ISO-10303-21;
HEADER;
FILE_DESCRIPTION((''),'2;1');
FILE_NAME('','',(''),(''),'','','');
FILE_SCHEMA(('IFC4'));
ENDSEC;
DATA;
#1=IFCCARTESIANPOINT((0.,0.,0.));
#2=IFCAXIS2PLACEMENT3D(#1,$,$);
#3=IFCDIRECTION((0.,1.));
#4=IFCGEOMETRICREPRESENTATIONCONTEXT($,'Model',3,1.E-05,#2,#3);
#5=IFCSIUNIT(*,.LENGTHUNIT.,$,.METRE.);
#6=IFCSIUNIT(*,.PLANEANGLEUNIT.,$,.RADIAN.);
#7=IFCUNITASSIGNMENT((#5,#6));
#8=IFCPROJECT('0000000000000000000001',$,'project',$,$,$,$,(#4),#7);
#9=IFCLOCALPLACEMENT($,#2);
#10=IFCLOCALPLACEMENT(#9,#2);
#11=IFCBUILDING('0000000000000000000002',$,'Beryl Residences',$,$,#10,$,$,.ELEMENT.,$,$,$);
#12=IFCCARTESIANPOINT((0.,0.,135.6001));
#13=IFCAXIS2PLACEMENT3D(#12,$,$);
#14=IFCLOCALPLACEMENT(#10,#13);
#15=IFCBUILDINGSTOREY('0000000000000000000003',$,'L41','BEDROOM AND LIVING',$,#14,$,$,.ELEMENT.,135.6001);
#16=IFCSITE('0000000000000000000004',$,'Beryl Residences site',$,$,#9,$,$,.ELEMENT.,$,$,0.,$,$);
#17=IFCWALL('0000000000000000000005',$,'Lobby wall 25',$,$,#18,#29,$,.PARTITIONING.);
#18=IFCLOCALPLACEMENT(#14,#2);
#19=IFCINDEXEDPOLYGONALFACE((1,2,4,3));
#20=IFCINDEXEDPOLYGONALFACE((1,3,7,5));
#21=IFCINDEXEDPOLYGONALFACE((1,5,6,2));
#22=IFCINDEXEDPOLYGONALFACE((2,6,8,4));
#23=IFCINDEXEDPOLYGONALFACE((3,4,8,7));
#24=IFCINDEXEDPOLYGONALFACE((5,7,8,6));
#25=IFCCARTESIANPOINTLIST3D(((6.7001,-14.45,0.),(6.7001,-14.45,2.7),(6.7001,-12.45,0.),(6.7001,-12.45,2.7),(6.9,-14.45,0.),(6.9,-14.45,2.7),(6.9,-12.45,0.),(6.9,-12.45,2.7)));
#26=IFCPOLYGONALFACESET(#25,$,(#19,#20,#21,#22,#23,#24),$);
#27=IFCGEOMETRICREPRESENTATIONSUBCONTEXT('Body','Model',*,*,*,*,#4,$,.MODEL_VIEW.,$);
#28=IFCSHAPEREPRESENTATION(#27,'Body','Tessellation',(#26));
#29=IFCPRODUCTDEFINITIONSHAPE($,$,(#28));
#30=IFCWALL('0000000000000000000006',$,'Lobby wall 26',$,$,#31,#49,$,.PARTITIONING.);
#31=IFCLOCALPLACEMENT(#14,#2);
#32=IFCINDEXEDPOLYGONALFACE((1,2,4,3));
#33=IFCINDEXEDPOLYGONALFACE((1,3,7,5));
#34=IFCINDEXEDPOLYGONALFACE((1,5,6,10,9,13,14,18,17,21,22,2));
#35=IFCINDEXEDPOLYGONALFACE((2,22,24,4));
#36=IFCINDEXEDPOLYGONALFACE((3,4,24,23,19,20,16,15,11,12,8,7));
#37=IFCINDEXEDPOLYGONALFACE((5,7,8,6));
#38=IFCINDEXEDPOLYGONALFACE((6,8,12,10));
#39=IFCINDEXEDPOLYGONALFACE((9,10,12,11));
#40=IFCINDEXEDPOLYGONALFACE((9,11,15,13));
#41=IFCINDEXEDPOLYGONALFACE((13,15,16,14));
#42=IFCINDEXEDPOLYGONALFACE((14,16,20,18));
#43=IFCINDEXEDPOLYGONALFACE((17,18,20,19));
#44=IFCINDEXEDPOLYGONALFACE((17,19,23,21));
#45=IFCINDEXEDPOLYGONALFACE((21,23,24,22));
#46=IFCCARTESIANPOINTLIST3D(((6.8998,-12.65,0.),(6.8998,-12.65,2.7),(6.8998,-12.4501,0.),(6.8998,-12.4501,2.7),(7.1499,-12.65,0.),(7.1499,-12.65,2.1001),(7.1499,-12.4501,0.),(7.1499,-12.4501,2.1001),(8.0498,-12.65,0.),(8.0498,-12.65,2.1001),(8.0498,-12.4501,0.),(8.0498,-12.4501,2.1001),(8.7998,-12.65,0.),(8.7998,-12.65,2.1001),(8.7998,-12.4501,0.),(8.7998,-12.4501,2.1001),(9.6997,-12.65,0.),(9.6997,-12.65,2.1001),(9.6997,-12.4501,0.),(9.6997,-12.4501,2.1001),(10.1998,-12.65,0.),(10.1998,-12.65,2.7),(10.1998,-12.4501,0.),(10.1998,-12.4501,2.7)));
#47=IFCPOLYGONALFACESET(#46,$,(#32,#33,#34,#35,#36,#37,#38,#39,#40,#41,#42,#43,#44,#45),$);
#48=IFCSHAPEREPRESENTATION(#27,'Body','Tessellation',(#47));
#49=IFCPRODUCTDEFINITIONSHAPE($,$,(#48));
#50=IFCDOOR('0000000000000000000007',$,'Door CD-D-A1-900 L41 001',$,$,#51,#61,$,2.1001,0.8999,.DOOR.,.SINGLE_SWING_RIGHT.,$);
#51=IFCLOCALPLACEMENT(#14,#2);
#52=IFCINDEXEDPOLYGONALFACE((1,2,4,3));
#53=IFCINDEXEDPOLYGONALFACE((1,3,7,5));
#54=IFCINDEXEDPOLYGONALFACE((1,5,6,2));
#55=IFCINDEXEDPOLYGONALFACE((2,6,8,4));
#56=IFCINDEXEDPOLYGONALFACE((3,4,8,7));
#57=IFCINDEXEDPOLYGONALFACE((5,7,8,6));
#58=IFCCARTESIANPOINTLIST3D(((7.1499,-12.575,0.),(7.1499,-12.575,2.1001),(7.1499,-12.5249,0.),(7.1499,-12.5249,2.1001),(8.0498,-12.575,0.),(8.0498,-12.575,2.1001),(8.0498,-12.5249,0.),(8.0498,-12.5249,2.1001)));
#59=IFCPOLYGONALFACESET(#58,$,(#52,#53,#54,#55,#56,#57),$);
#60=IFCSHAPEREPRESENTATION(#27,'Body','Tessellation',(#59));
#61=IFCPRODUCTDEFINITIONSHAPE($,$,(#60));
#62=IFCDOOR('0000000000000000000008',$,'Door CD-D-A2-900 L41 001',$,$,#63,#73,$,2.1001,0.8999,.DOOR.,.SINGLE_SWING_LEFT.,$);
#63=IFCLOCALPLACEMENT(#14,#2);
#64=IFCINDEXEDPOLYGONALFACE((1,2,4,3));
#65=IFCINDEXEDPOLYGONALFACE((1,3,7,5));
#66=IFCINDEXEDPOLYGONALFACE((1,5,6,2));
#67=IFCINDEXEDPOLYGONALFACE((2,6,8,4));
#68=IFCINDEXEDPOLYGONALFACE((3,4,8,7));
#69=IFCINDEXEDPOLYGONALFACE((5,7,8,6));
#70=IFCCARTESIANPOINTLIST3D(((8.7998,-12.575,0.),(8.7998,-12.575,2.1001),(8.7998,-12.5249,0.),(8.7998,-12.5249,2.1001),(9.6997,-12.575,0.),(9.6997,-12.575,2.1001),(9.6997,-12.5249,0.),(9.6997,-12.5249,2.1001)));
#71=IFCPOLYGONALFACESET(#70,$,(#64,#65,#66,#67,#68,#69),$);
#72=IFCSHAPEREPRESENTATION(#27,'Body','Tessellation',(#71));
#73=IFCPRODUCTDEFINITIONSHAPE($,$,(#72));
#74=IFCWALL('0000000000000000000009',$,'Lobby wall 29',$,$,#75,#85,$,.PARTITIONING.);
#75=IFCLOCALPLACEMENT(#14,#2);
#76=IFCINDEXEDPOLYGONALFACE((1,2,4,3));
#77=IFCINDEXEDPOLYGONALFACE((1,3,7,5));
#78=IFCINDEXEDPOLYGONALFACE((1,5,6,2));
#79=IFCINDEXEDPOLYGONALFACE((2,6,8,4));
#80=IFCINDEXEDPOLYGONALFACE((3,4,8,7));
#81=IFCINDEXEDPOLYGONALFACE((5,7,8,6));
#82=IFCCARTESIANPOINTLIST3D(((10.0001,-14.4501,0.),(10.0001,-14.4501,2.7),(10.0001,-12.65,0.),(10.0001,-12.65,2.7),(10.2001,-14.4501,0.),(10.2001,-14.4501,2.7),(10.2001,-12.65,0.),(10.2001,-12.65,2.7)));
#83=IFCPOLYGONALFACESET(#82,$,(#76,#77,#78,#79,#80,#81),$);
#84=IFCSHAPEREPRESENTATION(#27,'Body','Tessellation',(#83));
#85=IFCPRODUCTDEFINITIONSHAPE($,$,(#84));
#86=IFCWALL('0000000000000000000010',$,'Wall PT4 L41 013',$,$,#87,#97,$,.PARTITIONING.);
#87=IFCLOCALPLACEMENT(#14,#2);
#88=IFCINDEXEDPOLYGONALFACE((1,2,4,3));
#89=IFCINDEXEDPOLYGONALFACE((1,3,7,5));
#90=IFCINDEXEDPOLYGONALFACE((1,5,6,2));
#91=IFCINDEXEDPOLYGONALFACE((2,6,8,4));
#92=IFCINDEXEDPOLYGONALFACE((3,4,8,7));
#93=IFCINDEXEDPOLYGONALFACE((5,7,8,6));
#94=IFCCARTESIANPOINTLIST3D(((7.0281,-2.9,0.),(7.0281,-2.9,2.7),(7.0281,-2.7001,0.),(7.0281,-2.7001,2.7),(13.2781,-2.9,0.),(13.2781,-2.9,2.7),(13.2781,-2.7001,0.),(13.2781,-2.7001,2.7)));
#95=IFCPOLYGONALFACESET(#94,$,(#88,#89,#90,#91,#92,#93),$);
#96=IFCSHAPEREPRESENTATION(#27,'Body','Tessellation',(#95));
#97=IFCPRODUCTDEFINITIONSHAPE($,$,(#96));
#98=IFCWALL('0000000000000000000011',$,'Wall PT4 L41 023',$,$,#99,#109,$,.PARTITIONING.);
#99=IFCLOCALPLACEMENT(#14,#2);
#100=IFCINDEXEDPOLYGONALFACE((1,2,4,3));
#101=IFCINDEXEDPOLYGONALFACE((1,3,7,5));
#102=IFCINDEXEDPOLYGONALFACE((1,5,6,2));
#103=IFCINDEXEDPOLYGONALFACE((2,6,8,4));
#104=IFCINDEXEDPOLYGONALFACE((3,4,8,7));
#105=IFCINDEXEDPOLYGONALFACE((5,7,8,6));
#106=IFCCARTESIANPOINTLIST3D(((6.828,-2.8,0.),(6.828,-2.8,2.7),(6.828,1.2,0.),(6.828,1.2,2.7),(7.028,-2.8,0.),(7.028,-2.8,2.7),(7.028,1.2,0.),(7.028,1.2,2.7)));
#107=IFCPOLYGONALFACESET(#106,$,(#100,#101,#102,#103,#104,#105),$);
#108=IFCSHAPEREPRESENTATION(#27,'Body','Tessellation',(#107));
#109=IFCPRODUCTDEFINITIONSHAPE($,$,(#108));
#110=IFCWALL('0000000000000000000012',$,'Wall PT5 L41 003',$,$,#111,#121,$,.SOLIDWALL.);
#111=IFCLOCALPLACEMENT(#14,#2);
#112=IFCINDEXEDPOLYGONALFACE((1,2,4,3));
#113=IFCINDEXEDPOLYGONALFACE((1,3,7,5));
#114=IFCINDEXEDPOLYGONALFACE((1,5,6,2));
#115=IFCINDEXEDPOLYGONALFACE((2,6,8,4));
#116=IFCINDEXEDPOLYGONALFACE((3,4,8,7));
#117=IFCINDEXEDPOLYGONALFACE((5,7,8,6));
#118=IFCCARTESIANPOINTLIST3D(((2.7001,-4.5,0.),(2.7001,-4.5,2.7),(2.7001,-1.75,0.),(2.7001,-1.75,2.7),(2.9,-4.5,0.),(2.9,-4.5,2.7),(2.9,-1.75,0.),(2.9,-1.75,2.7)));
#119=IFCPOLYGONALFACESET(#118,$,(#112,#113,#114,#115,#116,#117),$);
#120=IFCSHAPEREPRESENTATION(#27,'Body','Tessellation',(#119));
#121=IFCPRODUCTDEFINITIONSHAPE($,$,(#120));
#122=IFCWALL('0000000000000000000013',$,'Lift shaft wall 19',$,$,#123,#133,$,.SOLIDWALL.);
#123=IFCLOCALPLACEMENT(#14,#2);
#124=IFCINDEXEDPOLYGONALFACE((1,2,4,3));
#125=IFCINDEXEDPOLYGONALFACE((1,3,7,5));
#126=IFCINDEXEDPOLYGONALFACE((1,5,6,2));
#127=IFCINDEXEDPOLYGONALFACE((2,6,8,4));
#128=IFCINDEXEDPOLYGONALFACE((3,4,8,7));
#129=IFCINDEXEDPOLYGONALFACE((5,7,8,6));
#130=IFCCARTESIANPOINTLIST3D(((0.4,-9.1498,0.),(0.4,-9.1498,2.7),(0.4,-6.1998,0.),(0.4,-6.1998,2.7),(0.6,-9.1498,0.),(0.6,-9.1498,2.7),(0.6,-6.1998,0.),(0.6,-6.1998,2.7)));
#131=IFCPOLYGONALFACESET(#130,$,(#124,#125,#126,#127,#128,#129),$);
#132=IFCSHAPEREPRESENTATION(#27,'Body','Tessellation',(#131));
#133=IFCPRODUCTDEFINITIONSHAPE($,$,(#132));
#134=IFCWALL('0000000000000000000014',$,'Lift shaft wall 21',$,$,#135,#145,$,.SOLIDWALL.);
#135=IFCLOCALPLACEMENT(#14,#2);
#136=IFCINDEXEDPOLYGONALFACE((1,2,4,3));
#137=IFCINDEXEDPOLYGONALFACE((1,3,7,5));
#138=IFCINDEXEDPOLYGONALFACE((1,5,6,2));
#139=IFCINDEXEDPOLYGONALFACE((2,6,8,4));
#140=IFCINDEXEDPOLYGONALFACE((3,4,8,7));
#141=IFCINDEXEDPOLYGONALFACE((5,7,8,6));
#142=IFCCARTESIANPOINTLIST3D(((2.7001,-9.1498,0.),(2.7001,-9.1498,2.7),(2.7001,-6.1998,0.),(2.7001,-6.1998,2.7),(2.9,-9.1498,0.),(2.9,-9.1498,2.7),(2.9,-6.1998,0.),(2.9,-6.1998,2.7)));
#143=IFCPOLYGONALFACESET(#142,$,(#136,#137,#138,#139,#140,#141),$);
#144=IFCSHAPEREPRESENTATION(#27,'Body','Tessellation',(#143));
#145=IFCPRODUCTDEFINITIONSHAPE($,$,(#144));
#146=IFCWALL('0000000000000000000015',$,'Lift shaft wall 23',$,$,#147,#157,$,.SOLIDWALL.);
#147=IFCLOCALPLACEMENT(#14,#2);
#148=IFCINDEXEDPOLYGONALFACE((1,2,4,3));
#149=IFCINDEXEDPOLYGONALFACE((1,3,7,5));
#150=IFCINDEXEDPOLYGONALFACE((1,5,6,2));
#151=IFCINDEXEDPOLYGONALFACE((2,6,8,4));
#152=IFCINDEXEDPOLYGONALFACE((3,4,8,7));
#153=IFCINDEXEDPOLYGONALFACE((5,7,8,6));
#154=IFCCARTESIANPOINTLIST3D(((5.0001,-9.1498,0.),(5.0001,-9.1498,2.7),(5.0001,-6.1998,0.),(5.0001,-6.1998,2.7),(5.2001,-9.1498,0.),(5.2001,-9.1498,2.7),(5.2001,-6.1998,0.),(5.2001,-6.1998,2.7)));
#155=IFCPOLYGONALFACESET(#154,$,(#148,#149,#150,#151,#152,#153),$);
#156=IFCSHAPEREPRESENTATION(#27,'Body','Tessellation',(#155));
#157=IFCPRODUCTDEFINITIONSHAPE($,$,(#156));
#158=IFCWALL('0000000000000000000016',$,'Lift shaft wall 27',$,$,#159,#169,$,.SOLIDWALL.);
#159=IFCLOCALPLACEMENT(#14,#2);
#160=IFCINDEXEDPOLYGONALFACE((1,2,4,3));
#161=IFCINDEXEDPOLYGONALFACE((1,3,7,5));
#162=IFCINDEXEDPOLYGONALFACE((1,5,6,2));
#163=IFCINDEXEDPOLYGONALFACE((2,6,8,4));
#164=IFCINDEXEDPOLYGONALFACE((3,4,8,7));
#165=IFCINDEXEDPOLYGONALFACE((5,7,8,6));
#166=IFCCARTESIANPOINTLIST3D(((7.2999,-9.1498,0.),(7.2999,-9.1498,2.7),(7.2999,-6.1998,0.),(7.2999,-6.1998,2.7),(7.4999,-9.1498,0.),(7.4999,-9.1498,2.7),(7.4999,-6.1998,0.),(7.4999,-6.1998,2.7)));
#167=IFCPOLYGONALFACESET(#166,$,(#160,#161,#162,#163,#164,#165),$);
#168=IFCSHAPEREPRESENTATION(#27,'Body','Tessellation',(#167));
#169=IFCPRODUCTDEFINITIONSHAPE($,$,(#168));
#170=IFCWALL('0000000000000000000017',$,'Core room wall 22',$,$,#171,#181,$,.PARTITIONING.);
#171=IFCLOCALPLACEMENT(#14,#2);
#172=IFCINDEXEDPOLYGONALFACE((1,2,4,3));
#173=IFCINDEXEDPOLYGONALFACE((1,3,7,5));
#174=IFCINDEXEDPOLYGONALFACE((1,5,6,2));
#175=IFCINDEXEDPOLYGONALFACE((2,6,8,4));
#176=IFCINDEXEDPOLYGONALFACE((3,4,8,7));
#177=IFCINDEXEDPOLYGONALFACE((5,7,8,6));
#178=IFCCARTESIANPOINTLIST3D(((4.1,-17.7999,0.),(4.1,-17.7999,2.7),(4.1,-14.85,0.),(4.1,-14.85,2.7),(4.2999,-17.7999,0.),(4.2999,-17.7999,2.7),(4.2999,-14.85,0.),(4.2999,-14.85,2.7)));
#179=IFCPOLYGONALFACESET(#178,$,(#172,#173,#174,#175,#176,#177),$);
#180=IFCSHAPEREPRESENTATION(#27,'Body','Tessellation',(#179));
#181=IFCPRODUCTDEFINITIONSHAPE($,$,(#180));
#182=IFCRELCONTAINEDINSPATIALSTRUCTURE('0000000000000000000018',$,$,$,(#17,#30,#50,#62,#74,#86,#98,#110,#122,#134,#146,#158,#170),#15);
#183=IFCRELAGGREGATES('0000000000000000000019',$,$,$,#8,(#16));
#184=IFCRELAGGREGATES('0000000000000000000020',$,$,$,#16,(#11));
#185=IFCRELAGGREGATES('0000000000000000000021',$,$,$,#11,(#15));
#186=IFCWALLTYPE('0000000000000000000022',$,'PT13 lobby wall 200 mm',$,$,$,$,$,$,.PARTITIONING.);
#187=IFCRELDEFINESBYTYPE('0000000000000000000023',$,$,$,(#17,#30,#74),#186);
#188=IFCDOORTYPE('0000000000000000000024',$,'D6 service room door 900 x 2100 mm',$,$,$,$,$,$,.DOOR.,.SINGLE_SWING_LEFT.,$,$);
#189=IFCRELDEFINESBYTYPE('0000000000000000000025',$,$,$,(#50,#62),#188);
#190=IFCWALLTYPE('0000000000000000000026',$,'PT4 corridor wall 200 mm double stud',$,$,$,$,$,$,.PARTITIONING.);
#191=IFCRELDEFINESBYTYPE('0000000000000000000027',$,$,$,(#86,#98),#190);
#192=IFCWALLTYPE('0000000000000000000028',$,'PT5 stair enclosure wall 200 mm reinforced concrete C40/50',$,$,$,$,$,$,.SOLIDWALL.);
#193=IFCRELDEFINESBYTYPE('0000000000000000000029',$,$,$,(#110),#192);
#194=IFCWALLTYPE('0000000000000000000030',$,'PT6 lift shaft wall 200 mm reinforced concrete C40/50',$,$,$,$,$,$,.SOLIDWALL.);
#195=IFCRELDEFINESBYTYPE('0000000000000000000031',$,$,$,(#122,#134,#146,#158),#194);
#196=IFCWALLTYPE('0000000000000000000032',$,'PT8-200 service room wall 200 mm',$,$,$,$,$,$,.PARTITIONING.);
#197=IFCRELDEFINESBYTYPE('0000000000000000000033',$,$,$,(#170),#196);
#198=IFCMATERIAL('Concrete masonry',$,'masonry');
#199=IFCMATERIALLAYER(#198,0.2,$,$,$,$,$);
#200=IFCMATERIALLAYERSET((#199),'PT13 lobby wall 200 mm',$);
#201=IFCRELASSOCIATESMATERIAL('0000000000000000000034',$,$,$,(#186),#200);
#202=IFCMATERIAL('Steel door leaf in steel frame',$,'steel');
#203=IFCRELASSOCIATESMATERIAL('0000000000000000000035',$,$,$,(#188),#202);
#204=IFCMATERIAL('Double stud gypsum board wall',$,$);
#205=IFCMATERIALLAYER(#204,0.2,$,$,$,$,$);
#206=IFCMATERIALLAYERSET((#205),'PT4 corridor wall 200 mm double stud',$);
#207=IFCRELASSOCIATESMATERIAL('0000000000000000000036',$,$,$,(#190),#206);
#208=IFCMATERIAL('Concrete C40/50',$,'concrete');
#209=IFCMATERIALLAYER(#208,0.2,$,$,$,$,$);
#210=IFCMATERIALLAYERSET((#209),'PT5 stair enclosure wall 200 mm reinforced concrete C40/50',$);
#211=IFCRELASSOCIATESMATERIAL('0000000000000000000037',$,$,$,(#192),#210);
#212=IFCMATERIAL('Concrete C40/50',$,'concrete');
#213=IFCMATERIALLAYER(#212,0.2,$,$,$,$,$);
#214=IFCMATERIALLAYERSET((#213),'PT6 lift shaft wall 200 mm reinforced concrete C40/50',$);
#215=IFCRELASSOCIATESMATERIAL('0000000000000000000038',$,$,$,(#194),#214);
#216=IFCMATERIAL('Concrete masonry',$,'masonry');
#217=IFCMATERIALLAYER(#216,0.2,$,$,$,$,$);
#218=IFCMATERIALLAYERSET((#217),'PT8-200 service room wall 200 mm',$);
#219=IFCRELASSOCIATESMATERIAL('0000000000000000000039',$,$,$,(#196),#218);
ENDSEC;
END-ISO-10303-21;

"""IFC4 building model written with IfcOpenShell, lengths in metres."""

from ifc_helpers import new_model, si_unit, direction, frame, frame_2d, origin, place, context, subcontext, project, spatial, rectangle, extrude, material, layer, layer_set, type_object, element, fill, save


model = new_model("IFC4")

# Units and contexts
model_context = context("Model", 3, precision=1e-05, world=origin(), true_north=direction((0.0, 1.0)))
body_context = subcontext(model_context, "Body", "Model", "MODEL_VIEW")
ifc_project = project(units=[si_unit("LENGTHUNIT", "METRE"), si_unit("PLANEANGLEUNIT", "RADIAN")], contexts=[model_context])

# Site, building, storey
site_placement = place(None, origin())
site = spatial("IfcSite", under=ifc_project, at=site_placement, Name="Beryl Residences site", CompositionType="ELEMENT", RefElevation=0.0)
building_placement = place(site_placement, origin())
building = spatial("IfcBuilding", under=site, at=building_placement, Name="Beryl Residences", CompositionType="ELEMENT")
storey_placement = place(building_placement, frame((0.0, 0.0, 135.6001)))
storey = spatial("IfcBuildingStorey", under=building, at=storey_placement, Name="L41", Description="BEDROOM AND LIVING", CompositionType="ELEMENT", Elevation=135.6001)

# Wall
ifc_material_1 = material(Name="Concrete masonry", Category="masonry")
ifc_layer_1 = layer(ifc_material_1, 0.2)
ifc_layer_set_1 = layer_set([ifc_layer_1], Name="PT13 lobby wall 200 mm")
wall_type_1 = type_object("IfcWallType", Name="PT13 lobby wall 200 mm", PredefinedType="PARTITIONING", material=ifc_layer_set_1)
wall_1_placement = place(storey_placement, frame((6.8, -14.45, 0.0), z_axis=(0.0, 0.0, 1.0), x_axis=(0.0, 1.0, 0.0)))
element("IfcWall", 1, at=wall_1_placement, inside=storey, type_object=wall_type_1, Name="Lobby wall 25", PredefinedType="PARTITIONING", context=body_context, shape_type="SweptSolid", body=[
    extrude(rectangle(XDim=2.0, YDim=0.2, at=frame_2d((1.0, 0.0))), origin(), (0.0, 0.0, 1.0), 2.7),
])

# Wall, openings, doors
wall_2_placement = place(storey_placement, frame((6.8999, -12.55, 0.0), z_axis=(0.0, 0.0, 1.0), x_axis=(1.0, 0.0, 0.0)))
wall_2 = element("IfcWall", 2, at=wall_2_placement, inside=storey, type_object=wall_type_1, Name="Lobby wall 26", PredefinedType="PARTITIONING", context=body_context, shape_type="SweptSolid", body=[
    extrude(rectangle(XDim=3.3, YDim=0.2, at=frame_2d((1.6499, 0.0))), origin(), (0.0, 0.0, 1.0), 2.7),
])
opening_1_placement = place(wall_2_placement, frame((1.1499, 0.0, 0.0), z_axis=(0.0, 0.0, 1.0), x_axis=(-1.0, 0.0, 0.0)))
opening_1 = element("IfcOpeningElement", 3, at=opening_1_placement, cuts=wall_2, PredefinedType="OPENING", context=body_context, shape_type="SweptSolid", body=[
    extrude(rectangle(XDim=0.8999, YDim=2.1001, at=frame_2d((0.45, 1.05))), frame((0.0, 0.1099, 0.0), z_axis=(0.0, -1.0, 0.0), x_axis=(1.0, 0.0, 0.0)), (0.0, 0.0, 1.0), 0.22),
])
opening_2_placement = place(wall_2_placement, frame((2.7998, 0.0, 0.0), z_axis=(0.0, 0.0, 1.0), x_axis=(-1.0, 0.0, 0.0)))
opening_2 = element("IfcOpeningElement", 4, at=opening_2_placement, cuts=wall_2, PredefinedType="OPENING", context=body_context, shape_type="SweptSolid", body=[
    extrude(rectangle(XDim=0.8999, YDim=2.1001, at=frame_2d((0.45, 1.05))), frame((0.0, 0.1099, 0.0), z_axis=(0.0, -1.0, 0.0), x_axis=(1.0, 0.0, 0.0)), (0.0, 0.0, 1.0), 0.22),
])
ifc_material_2 = material(Name="Steel door leaf in steel frame", Category="steel")
door_type = type_object("IfcDoorType", Name="D6 service room door 900 x 2100 mm", OperationType="SINGLE_SWING_LEFT", PredefinedType="DOOR", material=ifc_material_2)
door_1_placement = place(opening_1_placement, origin())
door_1 = element("IfcDoor", 5, at=door_1_placement, inside=storey, type_object=door_type, Name="Door CD-D-A1-900 L41 001", OperationType="SINGLE_SWING_RIGHT", OverallHeight=2.1001, OverallWidth=0.8999, PredefinedType="DOOR", context=body_context, shape_type="SweptSolid", body=[
    extrude(rectangle(XDim=0.8999, YDim=2.1001, at=frame_2d((0.45, 1.05))), frame((0.0, 0.0249, 0.0), z_axis=(0.0, -1.0, 0.0), x_axis=(1.0, 0.0, 0.0)), (0.0, 0.0, 1.0), 0.05),
])
fill(opening_1, door_1)
door_2_placement = place(opening_2_placement, origin())
door_2 = element("IfcDoor", 6, at=door_2_placement, inside=storey, type_object=door_type, Name="Door CD-D-A2-900 L41 001", OperationType="SINGLE_SWING_LEFT", OverallHeight=2.1001, OverallWidth=0.8999, PredefinedType="DOOR", context=body_context, shape_type="SweptSolid", body=[
    extrude(rectangle(XDim=0.8999, YDim=2.1001, at=frame_2d((0.45, 1.05))), frame((0.0, 0.0249, 0.0), z_axis=(0.0, -1.0, 0.0), x_axis=(1.0, 0.0, 0.0)), (0.0, 0.0, 1.0), 0.05),
])
fill(opening_2, door_2)

# Walls
wall_3_placement = place(storey_placement, frame((10.1001, -14.45, 0.0), z_axis=(0.0, 0.0, 1.0), x_axis=(0.0, 1.0, 0.0)))
element("IfcWall", 7, at=wall_3_placement, inside=storey, type_object=wall_type_1, Name="Lobby wall 29", PredefinedType="PARTITIONING", context=body_context, shape_type="SweptSolid", body=[
    extrude(rectangle(XDim=1.8, YDim=0.2, at=frame_2d((0.8999, 0.0))), origin(), (0.0, 0.0, 1.0), 2.7),
])
ifc_material_3 = material(Name="Double stud gypsum board wall")
ifc_layer_2 = layer(ifc_material_3, 0.2)
ifc_layer_set_2 = layer_set([ifc_layer_2], Name="PT4 corridor wall 200 mm double stud")
wall_type_2 = type_object("IfcWallType", Name="PT4 corridor wall 200 mm double stud", PredefinedType="PARTITIONING", material=ifc_layer_set_2)
wall_4_placement = place(storey_placement, frame((7.0281, -2.8, 0.0), z_axis=(0.0, 0.0, 1.0), x_axis=(1.0, 0.0, 0.0)))
element("IfcWall", 8, at=wall_4_placement, inside=storey, type_object=wall_type_2, Name="Wall PT4 L41 013", PredefinedType="PARTITIONING", context=body_context, shape_type="SweptSolid", body=[
    extrude(rectangle(XDim=6.25, YDim=0.2, at=frame_2d((3.125, 0.0))), origin(), (0.0, 0.0, 1.0), 2.7),
])
wall_5_placement = place(storey_placement, frame((6.928, -2.8, 0.0), z_axis=(0.0, 0.0, 1.0), x_axis=(0.0, 1.0, 0.0)))
element("IfcWall", 9, at=wall_5_placement, inside=storey, type_object=wall_type_2, Name="Wall PT4 L41 023", PredefinedType="PARTITIONING", context=body_context, shape_type="SweptSolid", body=[
    extrude(rectangle(XDim=4.0, YDim=0.2, at=frame_2d((2.0, 0.0))), origin(), (0.0, 0.0, 1.0), 2.7),
])
ifc_material_4 = material(Name="Concrete C40/50", Category="concrete")
ifc_layer_3 = layer(ifc_material_4, 0.2)
ifc_layer_set_3 = layer_set([ifc_layer_3], Name="PT5 stair enclosure wall 200 mm reinforced concrete C40/50")
wall_type_3 = type_object("IfcWallType", Name="PT5 stair enclosure wall 200 mm reinforced concrete C40/50", PredefinedType="SOLIDWALL", material=ifc_layer_set_3)
wall_6_placement = place(storey_placement, frame((2.8, -4.5, 0.0), z_axis=(0.0, 0.0, 1.0), x_axis=(0.0, 1.0, 0.0)))
element("IfcWall", 10, at=wall_6_placement, inside=storey, type_object=wall_type_3, Name="Wall PT5 L41 003", PredefinedType="SOLIDWALL", context=body_context, shape_type="SweptSolid", body=[
    extrude(rectangle(XDim=2.75, YDim=0.2, at=frame_2d((1.375, 0.0))), origin(), (0.0, 0.0, 1.0), 2.7),
])
ifc_material_5 = material(Name="Concrete C40/50", Category="concrete")
ifc_layer_4 = layer(ifc_material_5, 0.2)
ifc_layer_set_4 = layer_set([ifc_layer_4], Name="PT6 lift shaft wall 200 mm reinforced concrete C40/50")
wall_type_4 = type_object("IfcWallType", Name="PT6 lift shaft wall 200 mm reinforced concrete C40/50", PredefinedType="SOLIDWALL", material=ifc_layer_set_4)
for number, where, z_axis, x_axis, name in (
    (11, (0.5, -9.1499, 0.0), (0.0, 0.0, 1.0), (0.0, 1.0, 0.0), "Lift shaft wall 19"),
    (12, (2.8, -9.1499, 0.0), (0.0, 0.0, 1.0), (0.0, 1.0, 0.0), "Lift shaft wall 21"),
    (13, (5.1001, -9.1499, 0.0), (0.0, 0.0, 1.0), (0.0, 1.0, 0.0), "Lift shaft wall 23"),
    (14, (7.3999, -9.1499, 0.0), (0.0, 0.0, 1.0), (0.0, 1.0, 0.0), "Lift shaft wall 27"),
):
    element("IfcWall", number, at=place(storey_placement, frame(where, z_axis=z_axis, x_axis=x_axis)), inside=storey, type_object=wall_type_4, Name=name, PredefinedType="SOLIDWALL", context=body_context, shape_type="SweptSolid", body=[
        extrude(rectangle(XDim=2.95, YDim=0.2, at=frame_2d((1.4751, 0.0))), origin(), (0.0, 0.0, 1.0), 2.7),
    ])
ifc_material_6 = material(Name="Concrete masonry", Category="masonry")
ifc_layer_5 = layer(ifc_material_6, 0.2)
ifc_layer_set_5 = layer_set([ifc_layer_5], Name="PT8-200 service room wall 200 mm")
wall_type_5 = type_object("IfcWallType", Name="PT8-200 service room wall 200 mm", PredefinedType="PARTITIONING", material=ifc_layer_set_5)
wall_7_placement = place(storey_placement, frame((4.2, -17.8, 0.0), z_axis=(0.0, 0.0, 1.0), x_axis=(0.0, 1.0, 0.0)))
element("IfcWall", 15, at=wall_7_placement, inside=storey, type_object=wall_type_5, Name="Core room wall 22", PredefinedType="PARTITIONING", context=body_context, shape_type="SweptSolid", body=[
    extrude(rectangle(XDim=2.95, YDim=0.2, at=frame_2d((1.4751, 0.0))), origin(), (0.0, 0.0, 1.0), 2.7),
])

save(model, "model.ifc")
